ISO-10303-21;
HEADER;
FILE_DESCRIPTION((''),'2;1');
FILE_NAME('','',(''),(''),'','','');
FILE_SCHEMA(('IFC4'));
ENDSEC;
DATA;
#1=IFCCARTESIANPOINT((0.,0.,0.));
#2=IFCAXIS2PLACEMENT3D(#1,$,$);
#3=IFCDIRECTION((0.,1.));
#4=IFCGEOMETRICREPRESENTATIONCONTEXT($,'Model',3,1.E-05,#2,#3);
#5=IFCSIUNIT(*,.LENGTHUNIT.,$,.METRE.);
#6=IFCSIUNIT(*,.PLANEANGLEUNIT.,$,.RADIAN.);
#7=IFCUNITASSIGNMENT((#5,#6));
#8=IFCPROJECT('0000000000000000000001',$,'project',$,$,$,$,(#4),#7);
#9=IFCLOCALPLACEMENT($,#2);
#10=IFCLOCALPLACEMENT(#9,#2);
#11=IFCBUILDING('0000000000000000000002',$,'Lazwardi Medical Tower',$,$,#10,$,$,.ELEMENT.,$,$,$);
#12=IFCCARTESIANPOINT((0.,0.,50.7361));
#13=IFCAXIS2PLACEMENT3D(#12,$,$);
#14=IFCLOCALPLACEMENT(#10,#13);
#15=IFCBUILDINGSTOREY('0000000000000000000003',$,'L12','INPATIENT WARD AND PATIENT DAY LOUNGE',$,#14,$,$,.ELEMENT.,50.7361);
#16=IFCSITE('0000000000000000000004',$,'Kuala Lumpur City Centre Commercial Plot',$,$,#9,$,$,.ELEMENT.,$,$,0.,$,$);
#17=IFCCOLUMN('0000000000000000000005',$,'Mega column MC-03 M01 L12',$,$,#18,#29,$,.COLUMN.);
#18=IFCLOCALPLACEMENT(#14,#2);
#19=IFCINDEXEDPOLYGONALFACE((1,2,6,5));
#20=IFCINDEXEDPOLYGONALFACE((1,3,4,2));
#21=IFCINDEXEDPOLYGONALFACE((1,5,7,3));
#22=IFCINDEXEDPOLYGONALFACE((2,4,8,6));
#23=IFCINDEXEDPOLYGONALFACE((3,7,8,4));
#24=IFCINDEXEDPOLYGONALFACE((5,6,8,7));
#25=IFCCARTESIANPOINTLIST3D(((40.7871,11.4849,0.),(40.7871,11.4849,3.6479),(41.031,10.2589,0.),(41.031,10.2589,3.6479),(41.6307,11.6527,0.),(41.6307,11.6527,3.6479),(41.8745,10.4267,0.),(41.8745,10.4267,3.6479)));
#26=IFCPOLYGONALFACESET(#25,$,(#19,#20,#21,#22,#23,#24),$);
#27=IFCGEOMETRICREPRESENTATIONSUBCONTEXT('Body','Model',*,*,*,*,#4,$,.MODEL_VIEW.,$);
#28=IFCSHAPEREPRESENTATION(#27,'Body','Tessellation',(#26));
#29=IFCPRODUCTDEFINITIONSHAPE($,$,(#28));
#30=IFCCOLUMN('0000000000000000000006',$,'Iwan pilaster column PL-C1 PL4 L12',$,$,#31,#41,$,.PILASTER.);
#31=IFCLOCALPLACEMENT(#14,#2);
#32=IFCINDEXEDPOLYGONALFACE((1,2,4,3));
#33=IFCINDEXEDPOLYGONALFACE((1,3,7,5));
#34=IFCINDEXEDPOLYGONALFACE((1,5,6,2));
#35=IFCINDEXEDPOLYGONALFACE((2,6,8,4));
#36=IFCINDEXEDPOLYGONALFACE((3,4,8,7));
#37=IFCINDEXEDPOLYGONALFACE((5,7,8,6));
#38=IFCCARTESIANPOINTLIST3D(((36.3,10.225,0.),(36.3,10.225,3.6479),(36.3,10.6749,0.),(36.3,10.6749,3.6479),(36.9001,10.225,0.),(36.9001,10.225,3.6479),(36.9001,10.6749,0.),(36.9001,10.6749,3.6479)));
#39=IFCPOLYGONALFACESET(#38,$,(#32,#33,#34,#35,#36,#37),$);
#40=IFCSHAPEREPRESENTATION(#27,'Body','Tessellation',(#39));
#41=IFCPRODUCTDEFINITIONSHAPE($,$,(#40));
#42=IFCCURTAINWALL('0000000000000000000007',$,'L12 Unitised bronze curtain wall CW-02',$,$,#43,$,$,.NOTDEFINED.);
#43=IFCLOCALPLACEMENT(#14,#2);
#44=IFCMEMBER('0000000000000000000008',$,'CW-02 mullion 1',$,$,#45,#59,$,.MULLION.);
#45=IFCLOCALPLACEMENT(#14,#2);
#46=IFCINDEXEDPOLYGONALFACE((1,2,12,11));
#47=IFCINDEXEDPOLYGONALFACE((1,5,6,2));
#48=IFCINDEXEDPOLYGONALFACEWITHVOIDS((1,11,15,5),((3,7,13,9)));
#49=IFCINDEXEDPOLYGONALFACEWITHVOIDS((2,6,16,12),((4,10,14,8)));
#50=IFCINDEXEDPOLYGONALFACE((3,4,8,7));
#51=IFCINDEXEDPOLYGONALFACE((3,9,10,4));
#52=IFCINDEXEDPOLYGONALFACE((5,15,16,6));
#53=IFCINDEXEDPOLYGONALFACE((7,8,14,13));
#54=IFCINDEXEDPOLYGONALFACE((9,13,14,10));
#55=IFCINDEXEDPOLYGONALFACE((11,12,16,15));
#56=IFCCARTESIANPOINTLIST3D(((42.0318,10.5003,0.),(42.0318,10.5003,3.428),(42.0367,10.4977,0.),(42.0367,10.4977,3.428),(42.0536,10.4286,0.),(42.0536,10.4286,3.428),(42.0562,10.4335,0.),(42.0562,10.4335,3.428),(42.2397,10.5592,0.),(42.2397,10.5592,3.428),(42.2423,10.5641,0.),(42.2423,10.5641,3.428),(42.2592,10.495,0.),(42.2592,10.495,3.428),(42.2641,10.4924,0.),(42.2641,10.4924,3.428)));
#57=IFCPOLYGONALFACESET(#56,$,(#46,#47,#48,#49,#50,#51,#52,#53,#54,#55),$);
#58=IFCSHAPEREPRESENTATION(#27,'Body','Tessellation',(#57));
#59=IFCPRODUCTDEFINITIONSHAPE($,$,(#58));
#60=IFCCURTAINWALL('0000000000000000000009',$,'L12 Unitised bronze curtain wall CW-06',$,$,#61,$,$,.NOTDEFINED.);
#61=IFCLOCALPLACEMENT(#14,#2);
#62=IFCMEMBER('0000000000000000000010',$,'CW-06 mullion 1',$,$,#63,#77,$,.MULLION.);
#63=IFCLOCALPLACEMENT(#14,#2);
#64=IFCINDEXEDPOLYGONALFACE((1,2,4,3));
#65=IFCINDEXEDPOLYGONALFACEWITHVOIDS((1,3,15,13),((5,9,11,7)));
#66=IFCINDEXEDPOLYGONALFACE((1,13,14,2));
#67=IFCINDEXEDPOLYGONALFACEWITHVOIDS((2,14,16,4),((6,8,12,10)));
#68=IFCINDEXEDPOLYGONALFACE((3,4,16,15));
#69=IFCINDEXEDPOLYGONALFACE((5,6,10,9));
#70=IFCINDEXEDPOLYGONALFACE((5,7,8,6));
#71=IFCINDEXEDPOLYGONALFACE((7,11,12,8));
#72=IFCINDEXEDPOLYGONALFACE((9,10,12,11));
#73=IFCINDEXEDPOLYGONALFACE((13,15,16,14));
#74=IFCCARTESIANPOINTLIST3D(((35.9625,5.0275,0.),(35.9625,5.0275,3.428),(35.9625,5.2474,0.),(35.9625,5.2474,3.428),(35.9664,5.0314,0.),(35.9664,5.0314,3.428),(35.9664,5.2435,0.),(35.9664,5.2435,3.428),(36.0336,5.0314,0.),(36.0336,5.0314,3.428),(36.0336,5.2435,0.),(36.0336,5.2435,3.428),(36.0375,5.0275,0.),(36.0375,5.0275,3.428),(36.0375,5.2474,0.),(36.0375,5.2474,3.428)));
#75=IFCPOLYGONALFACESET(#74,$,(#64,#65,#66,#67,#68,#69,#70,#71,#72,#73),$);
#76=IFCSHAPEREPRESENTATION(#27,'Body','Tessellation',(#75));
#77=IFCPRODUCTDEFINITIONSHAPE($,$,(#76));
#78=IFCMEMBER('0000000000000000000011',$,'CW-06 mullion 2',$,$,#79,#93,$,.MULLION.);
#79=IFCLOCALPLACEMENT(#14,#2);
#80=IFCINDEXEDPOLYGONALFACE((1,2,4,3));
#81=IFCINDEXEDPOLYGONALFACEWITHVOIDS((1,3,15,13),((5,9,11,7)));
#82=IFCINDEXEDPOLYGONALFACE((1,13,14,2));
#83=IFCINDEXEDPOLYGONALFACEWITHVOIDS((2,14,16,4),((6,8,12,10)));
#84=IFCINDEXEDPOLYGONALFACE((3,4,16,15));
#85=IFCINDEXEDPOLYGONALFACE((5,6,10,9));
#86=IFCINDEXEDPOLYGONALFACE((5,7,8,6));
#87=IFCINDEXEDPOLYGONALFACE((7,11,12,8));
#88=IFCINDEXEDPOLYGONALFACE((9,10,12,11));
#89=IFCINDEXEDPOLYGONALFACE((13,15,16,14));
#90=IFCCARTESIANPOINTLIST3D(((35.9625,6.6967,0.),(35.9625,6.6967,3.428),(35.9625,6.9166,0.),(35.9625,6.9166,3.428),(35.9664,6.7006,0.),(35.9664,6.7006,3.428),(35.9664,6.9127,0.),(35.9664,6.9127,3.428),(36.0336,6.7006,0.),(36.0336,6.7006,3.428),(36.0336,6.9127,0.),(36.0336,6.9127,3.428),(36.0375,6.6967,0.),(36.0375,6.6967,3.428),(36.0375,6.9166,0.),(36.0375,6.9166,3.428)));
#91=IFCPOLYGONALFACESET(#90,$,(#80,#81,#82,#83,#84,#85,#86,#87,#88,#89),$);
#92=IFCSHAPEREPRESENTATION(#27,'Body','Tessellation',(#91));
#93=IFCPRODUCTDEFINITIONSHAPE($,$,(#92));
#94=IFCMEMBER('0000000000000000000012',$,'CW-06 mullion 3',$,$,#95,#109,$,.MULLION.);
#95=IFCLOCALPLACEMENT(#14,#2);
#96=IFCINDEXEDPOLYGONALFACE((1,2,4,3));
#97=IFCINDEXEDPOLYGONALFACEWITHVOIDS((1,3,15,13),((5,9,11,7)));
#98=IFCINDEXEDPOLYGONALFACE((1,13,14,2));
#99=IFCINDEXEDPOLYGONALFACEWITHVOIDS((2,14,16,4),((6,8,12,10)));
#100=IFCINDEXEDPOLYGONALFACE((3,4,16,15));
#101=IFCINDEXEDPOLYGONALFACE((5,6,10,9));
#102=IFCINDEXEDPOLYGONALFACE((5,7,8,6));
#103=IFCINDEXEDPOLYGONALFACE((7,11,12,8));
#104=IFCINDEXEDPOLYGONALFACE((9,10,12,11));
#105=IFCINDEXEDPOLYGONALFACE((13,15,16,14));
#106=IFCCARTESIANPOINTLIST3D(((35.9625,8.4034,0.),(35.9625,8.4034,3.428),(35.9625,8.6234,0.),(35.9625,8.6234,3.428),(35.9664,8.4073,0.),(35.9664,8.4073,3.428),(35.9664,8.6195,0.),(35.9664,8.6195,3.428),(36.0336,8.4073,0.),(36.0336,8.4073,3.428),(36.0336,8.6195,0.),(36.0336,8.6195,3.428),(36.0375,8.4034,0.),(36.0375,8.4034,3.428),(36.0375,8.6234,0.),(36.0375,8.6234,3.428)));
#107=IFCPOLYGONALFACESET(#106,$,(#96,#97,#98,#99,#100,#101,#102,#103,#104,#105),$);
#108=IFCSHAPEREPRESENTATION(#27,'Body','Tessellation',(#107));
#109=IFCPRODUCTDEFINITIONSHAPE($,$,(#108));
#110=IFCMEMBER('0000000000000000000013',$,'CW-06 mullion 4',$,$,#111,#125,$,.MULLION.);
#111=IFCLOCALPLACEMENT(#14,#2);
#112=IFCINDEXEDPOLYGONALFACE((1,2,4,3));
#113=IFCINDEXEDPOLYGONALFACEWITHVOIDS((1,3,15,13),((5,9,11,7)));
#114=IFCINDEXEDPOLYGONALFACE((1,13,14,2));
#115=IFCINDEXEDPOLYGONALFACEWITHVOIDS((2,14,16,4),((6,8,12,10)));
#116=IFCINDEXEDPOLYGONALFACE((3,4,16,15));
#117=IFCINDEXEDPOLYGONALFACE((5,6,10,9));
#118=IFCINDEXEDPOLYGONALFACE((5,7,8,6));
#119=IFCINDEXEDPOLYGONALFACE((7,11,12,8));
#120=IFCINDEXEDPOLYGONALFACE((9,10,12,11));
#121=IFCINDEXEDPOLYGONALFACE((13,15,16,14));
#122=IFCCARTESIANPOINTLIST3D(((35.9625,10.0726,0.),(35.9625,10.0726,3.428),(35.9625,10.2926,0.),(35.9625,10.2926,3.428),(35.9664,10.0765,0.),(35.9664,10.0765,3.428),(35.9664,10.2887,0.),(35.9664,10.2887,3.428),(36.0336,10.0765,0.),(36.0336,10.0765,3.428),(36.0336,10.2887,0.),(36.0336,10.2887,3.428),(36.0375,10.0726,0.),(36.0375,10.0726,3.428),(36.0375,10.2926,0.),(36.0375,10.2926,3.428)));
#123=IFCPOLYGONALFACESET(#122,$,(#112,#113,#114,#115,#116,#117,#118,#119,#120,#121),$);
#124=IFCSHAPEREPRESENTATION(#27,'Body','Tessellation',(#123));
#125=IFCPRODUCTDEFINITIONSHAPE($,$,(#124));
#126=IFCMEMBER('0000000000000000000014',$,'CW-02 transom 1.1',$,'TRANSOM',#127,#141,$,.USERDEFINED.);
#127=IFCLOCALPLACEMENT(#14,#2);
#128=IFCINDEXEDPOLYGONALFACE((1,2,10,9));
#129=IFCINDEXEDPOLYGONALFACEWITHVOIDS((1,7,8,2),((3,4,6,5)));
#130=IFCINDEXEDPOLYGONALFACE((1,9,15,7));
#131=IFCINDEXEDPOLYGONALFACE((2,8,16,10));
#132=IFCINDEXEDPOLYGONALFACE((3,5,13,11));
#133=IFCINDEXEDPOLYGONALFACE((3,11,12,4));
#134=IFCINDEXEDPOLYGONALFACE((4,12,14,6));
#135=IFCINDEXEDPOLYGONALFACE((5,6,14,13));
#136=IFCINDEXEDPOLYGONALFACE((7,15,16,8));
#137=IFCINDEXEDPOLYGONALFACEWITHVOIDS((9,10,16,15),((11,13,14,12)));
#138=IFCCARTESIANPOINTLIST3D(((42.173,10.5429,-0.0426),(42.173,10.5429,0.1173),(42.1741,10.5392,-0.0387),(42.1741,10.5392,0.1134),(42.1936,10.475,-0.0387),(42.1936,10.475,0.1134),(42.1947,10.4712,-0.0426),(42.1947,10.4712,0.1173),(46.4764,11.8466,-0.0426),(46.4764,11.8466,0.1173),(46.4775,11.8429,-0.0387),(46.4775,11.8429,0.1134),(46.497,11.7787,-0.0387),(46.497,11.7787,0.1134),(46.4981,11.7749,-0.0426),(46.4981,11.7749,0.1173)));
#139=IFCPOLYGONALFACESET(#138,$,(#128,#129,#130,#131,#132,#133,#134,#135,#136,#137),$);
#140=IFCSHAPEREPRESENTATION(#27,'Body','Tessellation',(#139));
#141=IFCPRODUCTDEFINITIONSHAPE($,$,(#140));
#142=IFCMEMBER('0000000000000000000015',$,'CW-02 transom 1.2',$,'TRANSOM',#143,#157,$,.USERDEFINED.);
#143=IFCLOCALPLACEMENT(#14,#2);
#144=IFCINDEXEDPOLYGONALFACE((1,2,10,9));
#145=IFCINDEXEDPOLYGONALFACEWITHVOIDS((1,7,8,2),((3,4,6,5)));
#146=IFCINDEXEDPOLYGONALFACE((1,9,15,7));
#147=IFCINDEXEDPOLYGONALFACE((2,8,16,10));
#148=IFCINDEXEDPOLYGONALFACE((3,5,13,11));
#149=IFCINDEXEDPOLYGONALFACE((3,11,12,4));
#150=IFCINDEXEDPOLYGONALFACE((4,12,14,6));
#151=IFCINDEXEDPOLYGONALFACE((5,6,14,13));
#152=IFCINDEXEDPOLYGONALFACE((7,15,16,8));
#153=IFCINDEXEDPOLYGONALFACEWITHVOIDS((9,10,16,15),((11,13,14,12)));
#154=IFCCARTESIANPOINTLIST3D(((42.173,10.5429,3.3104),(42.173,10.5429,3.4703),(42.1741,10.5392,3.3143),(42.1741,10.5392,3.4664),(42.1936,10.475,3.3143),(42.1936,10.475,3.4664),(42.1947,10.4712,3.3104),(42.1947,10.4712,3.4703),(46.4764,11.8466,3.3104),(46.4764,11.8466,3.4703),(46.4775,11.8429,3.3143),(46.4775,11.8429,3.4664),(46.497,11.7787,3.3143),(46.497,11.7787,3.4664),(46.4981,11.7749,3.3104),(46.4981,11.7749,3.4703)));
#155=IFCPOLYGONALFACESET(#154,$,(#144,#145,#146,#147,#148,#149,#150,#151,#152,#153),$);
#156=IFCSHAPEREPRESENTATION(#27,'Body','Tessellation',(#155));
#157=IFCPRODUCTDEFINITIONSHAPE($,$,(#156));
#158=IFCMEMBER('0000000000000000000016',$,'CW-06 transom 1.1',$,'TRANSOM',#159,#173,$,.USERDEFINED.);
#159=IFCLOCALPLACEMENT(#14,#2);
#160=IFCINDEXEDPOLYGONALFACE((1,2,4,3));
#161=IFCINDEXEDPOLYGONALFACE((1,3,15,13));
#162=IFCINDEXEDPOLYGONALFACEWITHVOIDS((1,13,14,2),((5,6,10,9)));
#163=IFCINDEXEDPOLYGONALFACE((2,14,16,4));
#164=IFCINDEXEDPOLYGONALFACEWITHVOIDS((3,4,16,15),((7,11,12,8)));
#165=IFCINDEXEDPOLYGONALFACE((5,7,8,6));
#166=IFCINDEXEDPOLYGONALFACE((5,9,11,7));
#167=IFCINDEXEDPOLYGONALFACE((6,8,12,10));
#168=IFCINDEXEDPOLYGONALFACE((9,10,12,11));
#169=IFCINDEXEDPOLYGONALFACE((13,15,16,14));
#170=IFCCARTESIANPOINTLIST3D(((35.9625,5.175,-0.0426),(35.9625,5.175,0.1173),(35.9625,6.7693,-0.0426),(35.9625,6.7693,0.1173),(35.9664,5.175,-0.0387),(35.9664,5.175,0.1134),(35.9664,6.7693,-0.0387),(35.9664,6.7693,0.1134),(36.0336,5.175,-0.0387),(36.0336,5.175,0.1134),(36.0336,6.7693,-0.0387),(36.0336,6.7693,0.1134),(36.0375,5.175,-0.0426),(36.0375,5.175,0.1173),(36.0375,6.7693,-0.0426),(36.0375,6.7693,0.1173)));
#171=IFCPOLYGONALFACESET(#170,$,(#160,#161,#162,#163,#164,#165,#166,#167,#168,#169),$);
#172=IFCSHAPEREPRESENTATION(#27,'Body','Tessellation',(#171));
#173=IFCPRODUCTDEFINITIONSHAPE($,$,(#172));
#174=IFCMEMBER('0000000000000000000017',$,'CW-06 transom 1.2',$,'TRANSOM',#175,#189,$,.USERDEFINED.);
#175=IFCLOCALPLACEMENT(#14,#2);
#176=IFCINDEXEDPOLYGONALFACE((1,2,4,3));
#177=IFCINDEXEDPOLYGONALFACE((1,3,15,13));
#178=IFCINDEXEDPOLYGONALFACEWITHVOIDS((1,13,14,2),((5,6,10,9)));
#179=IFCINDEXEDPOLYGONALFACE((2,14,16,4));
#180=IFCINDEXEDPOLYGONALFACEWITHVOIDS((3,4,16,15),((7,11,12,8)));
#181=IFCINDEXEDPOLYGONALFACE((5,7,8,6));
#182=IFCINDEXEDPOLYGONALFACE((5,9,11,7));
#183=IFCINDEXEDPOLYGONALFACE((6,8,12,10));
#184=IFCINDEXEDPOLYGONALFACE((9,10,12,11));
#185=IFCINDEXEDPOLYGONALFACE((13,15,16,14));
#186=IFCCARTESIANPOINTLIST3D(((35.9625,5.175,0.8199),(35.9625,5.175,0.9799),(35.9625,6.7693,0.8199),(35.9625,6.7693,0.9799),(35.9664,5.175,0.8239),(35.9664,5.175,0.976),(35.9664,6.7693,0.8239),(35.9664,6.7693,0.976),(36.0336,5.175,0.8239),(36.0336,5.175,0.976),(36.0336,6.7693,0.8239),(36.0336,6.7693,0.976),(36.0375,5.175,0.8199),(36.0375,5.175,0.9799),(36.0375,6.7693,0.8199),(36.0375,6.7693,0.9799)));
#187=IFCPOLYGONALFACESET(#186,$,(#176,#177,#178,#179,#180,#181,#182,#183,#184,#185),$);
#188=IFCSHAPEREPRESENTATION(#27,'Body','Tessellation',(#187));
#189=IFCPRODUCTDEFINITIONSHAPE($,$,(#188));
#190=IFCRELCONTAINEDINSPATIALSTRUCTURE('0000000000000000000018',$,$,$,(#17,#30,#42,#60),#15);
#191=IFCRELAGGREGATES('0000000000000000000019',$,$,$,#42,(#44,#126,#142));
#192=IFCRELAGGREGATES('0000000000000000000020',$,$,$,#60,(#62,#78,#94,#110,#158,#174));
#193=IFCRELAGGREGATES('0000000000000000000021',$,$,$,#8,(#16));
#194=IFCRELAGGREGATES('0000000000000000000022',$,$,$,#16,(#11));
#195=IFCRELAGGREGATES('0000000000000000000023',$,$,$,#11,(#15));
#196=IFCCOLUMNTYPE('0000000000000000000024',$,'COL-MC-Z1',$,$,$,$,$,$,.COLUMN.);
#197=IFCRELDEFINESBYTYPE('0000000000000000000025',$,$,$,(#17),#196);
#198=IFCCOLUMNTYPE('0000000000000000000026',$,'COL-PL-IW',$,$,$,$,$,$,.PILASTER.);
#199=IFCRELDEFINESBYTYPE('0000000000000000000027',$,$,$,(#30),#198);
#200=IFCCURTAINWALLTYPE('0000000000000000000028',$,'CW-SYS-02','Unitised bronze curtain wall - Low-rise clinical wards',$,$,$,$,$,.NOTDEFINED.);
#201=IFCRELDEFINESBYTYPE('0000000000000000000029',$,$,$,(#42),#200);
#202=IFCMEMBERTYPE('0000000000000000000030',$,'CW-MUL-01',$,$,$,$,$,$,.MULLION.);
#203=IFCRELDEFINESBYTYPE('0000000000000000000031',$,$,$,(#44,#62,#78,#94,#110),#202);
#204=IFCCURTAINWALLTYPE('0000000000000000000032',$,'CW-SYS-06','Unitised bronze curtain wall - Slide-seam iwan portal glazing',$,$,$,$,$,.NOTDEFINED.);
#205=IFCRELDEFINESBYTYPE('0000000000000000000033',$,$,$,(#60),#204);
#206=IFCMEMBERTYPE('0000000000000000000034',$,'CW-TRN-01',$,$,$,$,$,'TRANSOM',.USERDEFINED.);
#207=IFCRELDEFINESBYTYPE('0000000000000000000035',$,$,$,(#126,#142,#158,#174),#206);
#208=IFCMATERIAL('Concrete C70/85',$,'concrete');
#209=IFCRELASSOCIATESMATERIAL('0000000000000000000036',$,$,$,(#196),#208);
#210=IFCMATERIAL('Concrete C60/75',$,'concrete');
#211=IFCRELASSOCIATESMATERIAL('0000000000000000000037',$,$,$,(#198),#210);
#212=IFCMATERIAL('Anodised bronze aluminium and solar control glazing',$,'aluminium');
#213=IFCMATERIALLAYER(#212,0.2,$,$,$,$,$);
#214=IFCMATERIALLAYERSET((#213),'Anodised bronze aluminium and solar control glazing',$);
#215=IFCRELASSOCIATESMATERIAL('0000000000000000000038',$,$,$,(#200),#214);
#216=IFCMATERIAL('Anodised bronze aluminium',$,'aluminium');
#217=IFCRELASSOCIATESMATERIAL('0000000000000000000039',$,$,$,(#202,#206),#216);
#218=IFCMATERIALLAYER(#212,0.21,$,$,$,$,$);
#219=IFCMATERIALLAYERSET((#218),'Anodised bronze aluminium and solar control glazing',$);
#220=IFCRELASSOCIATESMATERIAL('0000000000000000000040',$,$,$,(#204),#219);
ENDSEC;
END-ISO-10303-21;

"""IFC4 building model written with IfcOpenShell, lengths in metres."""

from ifc_helpers import new_model, si_unit, direction, frame, origin, origin_2d, place, context, subcontext, project, spatial, rectangle, hollow_rectangle, extrude, material, layer, layer_set, material_profile, profile_set, type_object, element, aggregate, save


model = new_model("IFC4")

# Units and contexts
model_context = context("Model", 3, precision=1e-05, world=origin(), true_north=direction((0.0, 1.0)))
body_context = subcontext(model_context, "Body", "Model", "MODEL_VIEW")
ifc_project = project(units=[si_unit("LENGTHUNIT", "METRE"), si_unit("PLANEANGLEUNIT", "RADIAN")], contexts=[model_context])

# Site, building, storey
site_placement = place(None, origin())
site = spatial("IfcSite", under=ifc_project, at=site_placement, Name="Kuala Lumpur City Centre Commercial Plot", CompositionType="ELEMENT", RefElevation=0.0)
building_placement = place(site_placement, origin())
building = spatial("IfcBuilding", under=site, at=building_placement, Name="Lazwardi Medical Tower", CompositionType="ELEMENT")
storey_placement = place(building_placement, frame((0.0, 0.0, 50.7361)))
storey = spatial("IfcBuildingStorey", under=building, at=storey_placement, Name="L12", Description="INPATIENT WARD AND PATIENT DAY LOUNGE", CompositionType="ELEMENT", Elevation=50.7361)

# Columns
ifc_material_1 = material(Name="Concrete C70/85", Category="concrete")
ifc_material_profile_1 = material_profile(ifc_material_1, rectangle(XDim=1.25, YDim=0.8601, at=origin_2d()), Name="CFT-RECT 1250x860")
ifc_profile_set_1 = profile_set([ifc_material_profile_1], Name="Concrete C70/85")
column_type_1 = type_object("IfcColumnType", Name="COL-MC-Z1", PredefinedType="COLUMN", material=ifc_profile_set_1)
column_1_placement = place(storey_placement, frame((41.3308, 10.9558, 0.0), z_axis=(0.0, 0.0, 1.0), x_axis=(0.19509, -0.980785, 0.0)))
element("IfcColumn", 1, at=column_1_placement, inside=storey, type_object=column_type_1, Name="Mega column MC-03 M01 L12", PredefinedType="COLUMN", context=body_context, shape_type="SweptSolid", body=[
    extrude(rectangle(XDim=1.25, YDim=0.8601, at=origin_2d()), origin(), (0.0, 0.0, 1.0), 3.6479),
])
ifc_material_2 = material(Name="Concrete C60/75", Category="concrete")
ifc_material_profile_2 = material_profile(ifc_material_2, rectangle(XDim=0.6001, YDim=0.45, at=origin_2d()), Name="RC 600x450")
ifc_profile_set_2 = profile_set([ifc_material_profile_2], Name="Concrete C60/75")
column_type_2 = type_object("IfcColumnType", Name="COL-PL-IW", PredefinedType="PILASTER", material=ifc_profile_set_2)
column_2_placement = place(storey_placement, frame((36.6001, 10.45, 0.0), z_axis=(0.0, 0.0, 1.0), x_axis=(1.0, 0.0, 0.0)))
element("IfcColumn", 2, at=column_2_placement, inside=storey, type_object=column_type_2, Name="Iwan pilaster column PL-C1 PL4 L12", PredefinedType="PILASTER", context=body_context, shape_type="SweptSolid", body=[
    extrude(rectangle(XDim=0.6001, YDim=0.45, at=origin_2d()), origin(), (0.0, 0.0, 1.0), 3.6479),
])

# Curtain wall, member
ifc_material_3 = material(Name="Anodised bronze aluminium and solar control glazing", Category="aluminium")
ifc_layer_1 = layer(ifc_material_3, 0.2)
ifc_layer_set_1 = layer_set([ifc_layer_1], Name="Anodised bronze aluminium and solar control glazing")
curtain_wall_type_1 = type_object("IfcCurtainWallType", Name="CW-SYS-02", Description="Unitised bronze curtain wall - Low-rise clinical wards", PredefinedType="NOTDEFINED", material=ifc_layer_set_1)
curtain_wall_1_placement = place(storey_placement, origin())
curtain_wall_1 = element("IfcCurtainWall", 3, at=curtain_wall_1_placement, inside=storey, type_object=curtain_wall_type_1, Name="L12 Unitised bronze curtain wall CW-02", PredefinedType="NOTDEFINED")
ifc_material_4 = material(Name="Anodised bronze aluminium", Category="aluminium")
ifc_material_profile_3 = material_profile(ifc_material_4, hollow_rectangle(XDim=0.075, YDim=0.22, WallThickness=0.0039, at=origin_2d()), Name="ALU-MULLION 220x75x4")
ifc_profile_set_3 = profile_set([ifc_material_profile_3], Name="Anodised bronze aluminium")
member_type_1 = type_object("IfcMemberType", Name="CW-MUL-01", PredefinedType="MULLION", material=ifc_profile_set_3)
member_1_placement = place(storey_placement, frame((42.1479, 10.4963, 0.0), z_axis=(0.0, 0.0, 1.0), x_axis=(-0.289896, 0.957058, 0.0)))
member_1 = element("IfcMember", 4, at=member_1_placement, type_object=member_type_1, Name="CW-02 mullion 1", PredefinedType="MULLION", context=body_context, shape_type="SweptSolid", body=[
    extrude(hollow_rectangle(XDim=0.075, YDim=0.22, WallThickness=0.0039, at=origin_2d()), origin(), (0.0, 0.0, 1.0), 3.428),
])

# Curtain wall, members
ifc_layer_2 = layer(ifc_material_3, 0.21)
ifc_layer_set_2 = layer_set([ifc_layer_2], Name="Anodised bronze aluminium and solar control glazing")
curtain_wall_type_2 = type_object("IfcCurtainWallType", Name="CW-SYS-06", Description="Unitised bronze curtain wall - Slide-seam iwan portal glazing", PredefinedType="NOTDEFINED", material=ifc_layer_set_2)
curtain_wall_2_placement = place(storey_placement, origin())
curtain_wall_2 = element("IfcCurtainWall", 5, at=curtain_wall_2_placement, inside=storey, type_object=curtain_wall_type_2, Name="L12 Unitised bronze curtain wall CW-06", PredefinedType="NOTDEFINED")
member_2_placement = place(storey_placement, frame((36.0, 5.1375, 0.0), z_axis=(0.0, 0.0, 1.0), x_axis=(-1.0, 0.0, 0.0)))
member_2 = element("IfcMember", 6, at=member_2_placement, type_object=member_type_1, Name="CW-06 mullion 1", PredefinedType="MULLION", context=body_context, shape_type="SweptSolid", body=[
    extrude(hollow_rectangle(XDim=0.075, YDim=0.22, WallThickness=0.0039, at=origin_2d()), origin(), (0.0, 0.0, 1.0), 3.428),
])
member_3_placement = place(storey_placement, frame((36.0, 6.8066, 0.0), z_axis=(0.0, 0.0, 1.0), x_axis=(-1.0, 0.0, 0.0)))
member_3 = element("IfcMember", 7, at=member_3_placement, type_object=member_type_1, Name="CW-06 mullion 2", PredefinedType="MULLION", context=body_context, shape_type="SweptSolid", body=[
    extrude(hollow_rectangle(XDim=0.075, YDim=0.22, WallThickness=0.0039, at=origin_2d()), origin(), (0.0, 0.0, 1.0), 3.428),
])
member_4_placement = place(storey_placement, frame((36.0, 8.5134, 0.0), z_axis=(0.0, 0.0, 1.0), x_axis=(-1.0, 0.0, 0.0)))
member_4 = element("IfcMember", 8, at=member_4_placement, type_object=member_type_1, Name="CW-06 mullion 3", PredefinedType="MULLION", context=body_context, shape_type="SweptSolid", body=[
    extrude(hollow_rectangle(XDim=0.075, YDim=0.22, WallThickness=0.0039, at=origin_2d()), origin(), (0.0, 0.0, 1.0), 3.428),
])
member_5_placement = place(storey_placement, frame((36.0, 10.1826, 0.0), z_axis=(0.0, 0.0, 1.0), x_axis=(-1.0, 0.0, 0.0)))
member_5 = element("IfcMember", 9, at=member_5_placement, type_object=member_type_1, Name="CW-06 mullion 4", PredefinedType="MULLION", context=body_context, shape_type="SweptSolid", body=[
    extrude(hollow_rectangle(XDim=0.075, YDim=0.22, WallThickness=0.0039, at=origin_2d()), origin(), (0.0, 0.0, 1.0), 3.428),
])

# Members
ifc_material_profile_4 = material_profile(ifc_material_4, hollow_rectangle(XDim=0.075, YDim=0.1599, WallThickness=0.0039, at=origin_2d()), Name="ALU-TRANSOM 160x75x4")
ifc_profile_set_4 = profile_set([ifc_material_profile_4], Name="Anodised bronze aluminium")
member_type_2 = type_object("IfcMemberType", Name="CW-TRN-01", ElementType="TRANSOM", PredefinedType="USERDEFINED", material=ifc_profile_set_4)
member_6_placement = place(storey_placement, frame((42.1838, 10.5071, 0.0374), z_axis=(0.957047, 0.289932, 0.0), x_axis=(-0.289932, 0.957047, 0.0)))
member_6 = element("IfcMember", 10, at=member_6_placement, type_object=member_type_2, Name="CW-02 transom 1.1", ObjectType="TRANSOM", PredefinedType="USERDEFINED", context=body_context, shape_type="SweptSolid", body=[
    extrude(hollow_rectangle(XDim=0.075, YDim=0.1599, WallThickness=0.0039, at=origin_2d()), origin(), (0.0, 0.0, 1.0), 4.4966),
])
member_7_placement = place(storey_placement, frame((42.1838, 10.5071, 3.3904), z_axis=(0.957047, 0.289932, 0.0), x_axis=(-0.289932, 0.957047, 0.0)))
member_7 = element("IfcMember", 11, at=member_7_placement, type_object=member_type_2, Name="CW-02 transom 1.2", ObjectType="TRANSOM", PredefinedType="USERDEFINED", context=body_context, shape_type="SweptSolid", body=[
    extrude(hollow_rectangle(XDim=0.075, YDim=0.1599, WallThickness=0.0039, at=origin_2d()), origin(), (0.0, 0.0, 1.0), 4.4966),
])
aggregate(curtain_wall_1, [member_1, member_6, member_7])
member_8_placement = place(storey_placement, frame((36.0, 5.175, 0.0374), z_axis=(0.0, 1.0, 0.0), x_axis=(-1.0, 0.0, 0.0)))
member_8 = element("IfcMember", 12, at=member_8_placement, type_object=member_type_2, Name="CW-06 transom 1.1", ObjectType="TRANSOM", PredefinedType="USERDEFINED", context=body_context, shape_type="SweptSolid", body=[
    extrude(hollow_rectangle(XDim=0.075, YDim=0.1599, WallThickness=0.0039, at=origin_2d()), origin(), (0.0, 0.0, 1.0), 1.5942),
])
member_9_placement = place(storey_placement, frame((36.0, 5.175, 0.8999), z_axis=(0.0, 1.0, 0.0), x_axis=(-1.0, 0.0, 0.0)))
member_9 = element("IfcMember", 13, at=member_9_placement, type_object=member_type_2, Name="CW-06 transom 1.2", ObjectType="TRANSOM", PredefinedType="USERDEFINED", context=body_context, shape_type="SweptSolid", body=[
    extrude(hollow_rectangle(XDim=0.075, YDim=0.1599, WallThickness=0.0039, at=origin_2d()), origin(), (0.0, 0.0, 1.0), 1.5942),
])

aggregate(curtain_wall_2, [member_2, member_3, member_4, member_5, member_8, member_9])

save(model, "model.ifc")
